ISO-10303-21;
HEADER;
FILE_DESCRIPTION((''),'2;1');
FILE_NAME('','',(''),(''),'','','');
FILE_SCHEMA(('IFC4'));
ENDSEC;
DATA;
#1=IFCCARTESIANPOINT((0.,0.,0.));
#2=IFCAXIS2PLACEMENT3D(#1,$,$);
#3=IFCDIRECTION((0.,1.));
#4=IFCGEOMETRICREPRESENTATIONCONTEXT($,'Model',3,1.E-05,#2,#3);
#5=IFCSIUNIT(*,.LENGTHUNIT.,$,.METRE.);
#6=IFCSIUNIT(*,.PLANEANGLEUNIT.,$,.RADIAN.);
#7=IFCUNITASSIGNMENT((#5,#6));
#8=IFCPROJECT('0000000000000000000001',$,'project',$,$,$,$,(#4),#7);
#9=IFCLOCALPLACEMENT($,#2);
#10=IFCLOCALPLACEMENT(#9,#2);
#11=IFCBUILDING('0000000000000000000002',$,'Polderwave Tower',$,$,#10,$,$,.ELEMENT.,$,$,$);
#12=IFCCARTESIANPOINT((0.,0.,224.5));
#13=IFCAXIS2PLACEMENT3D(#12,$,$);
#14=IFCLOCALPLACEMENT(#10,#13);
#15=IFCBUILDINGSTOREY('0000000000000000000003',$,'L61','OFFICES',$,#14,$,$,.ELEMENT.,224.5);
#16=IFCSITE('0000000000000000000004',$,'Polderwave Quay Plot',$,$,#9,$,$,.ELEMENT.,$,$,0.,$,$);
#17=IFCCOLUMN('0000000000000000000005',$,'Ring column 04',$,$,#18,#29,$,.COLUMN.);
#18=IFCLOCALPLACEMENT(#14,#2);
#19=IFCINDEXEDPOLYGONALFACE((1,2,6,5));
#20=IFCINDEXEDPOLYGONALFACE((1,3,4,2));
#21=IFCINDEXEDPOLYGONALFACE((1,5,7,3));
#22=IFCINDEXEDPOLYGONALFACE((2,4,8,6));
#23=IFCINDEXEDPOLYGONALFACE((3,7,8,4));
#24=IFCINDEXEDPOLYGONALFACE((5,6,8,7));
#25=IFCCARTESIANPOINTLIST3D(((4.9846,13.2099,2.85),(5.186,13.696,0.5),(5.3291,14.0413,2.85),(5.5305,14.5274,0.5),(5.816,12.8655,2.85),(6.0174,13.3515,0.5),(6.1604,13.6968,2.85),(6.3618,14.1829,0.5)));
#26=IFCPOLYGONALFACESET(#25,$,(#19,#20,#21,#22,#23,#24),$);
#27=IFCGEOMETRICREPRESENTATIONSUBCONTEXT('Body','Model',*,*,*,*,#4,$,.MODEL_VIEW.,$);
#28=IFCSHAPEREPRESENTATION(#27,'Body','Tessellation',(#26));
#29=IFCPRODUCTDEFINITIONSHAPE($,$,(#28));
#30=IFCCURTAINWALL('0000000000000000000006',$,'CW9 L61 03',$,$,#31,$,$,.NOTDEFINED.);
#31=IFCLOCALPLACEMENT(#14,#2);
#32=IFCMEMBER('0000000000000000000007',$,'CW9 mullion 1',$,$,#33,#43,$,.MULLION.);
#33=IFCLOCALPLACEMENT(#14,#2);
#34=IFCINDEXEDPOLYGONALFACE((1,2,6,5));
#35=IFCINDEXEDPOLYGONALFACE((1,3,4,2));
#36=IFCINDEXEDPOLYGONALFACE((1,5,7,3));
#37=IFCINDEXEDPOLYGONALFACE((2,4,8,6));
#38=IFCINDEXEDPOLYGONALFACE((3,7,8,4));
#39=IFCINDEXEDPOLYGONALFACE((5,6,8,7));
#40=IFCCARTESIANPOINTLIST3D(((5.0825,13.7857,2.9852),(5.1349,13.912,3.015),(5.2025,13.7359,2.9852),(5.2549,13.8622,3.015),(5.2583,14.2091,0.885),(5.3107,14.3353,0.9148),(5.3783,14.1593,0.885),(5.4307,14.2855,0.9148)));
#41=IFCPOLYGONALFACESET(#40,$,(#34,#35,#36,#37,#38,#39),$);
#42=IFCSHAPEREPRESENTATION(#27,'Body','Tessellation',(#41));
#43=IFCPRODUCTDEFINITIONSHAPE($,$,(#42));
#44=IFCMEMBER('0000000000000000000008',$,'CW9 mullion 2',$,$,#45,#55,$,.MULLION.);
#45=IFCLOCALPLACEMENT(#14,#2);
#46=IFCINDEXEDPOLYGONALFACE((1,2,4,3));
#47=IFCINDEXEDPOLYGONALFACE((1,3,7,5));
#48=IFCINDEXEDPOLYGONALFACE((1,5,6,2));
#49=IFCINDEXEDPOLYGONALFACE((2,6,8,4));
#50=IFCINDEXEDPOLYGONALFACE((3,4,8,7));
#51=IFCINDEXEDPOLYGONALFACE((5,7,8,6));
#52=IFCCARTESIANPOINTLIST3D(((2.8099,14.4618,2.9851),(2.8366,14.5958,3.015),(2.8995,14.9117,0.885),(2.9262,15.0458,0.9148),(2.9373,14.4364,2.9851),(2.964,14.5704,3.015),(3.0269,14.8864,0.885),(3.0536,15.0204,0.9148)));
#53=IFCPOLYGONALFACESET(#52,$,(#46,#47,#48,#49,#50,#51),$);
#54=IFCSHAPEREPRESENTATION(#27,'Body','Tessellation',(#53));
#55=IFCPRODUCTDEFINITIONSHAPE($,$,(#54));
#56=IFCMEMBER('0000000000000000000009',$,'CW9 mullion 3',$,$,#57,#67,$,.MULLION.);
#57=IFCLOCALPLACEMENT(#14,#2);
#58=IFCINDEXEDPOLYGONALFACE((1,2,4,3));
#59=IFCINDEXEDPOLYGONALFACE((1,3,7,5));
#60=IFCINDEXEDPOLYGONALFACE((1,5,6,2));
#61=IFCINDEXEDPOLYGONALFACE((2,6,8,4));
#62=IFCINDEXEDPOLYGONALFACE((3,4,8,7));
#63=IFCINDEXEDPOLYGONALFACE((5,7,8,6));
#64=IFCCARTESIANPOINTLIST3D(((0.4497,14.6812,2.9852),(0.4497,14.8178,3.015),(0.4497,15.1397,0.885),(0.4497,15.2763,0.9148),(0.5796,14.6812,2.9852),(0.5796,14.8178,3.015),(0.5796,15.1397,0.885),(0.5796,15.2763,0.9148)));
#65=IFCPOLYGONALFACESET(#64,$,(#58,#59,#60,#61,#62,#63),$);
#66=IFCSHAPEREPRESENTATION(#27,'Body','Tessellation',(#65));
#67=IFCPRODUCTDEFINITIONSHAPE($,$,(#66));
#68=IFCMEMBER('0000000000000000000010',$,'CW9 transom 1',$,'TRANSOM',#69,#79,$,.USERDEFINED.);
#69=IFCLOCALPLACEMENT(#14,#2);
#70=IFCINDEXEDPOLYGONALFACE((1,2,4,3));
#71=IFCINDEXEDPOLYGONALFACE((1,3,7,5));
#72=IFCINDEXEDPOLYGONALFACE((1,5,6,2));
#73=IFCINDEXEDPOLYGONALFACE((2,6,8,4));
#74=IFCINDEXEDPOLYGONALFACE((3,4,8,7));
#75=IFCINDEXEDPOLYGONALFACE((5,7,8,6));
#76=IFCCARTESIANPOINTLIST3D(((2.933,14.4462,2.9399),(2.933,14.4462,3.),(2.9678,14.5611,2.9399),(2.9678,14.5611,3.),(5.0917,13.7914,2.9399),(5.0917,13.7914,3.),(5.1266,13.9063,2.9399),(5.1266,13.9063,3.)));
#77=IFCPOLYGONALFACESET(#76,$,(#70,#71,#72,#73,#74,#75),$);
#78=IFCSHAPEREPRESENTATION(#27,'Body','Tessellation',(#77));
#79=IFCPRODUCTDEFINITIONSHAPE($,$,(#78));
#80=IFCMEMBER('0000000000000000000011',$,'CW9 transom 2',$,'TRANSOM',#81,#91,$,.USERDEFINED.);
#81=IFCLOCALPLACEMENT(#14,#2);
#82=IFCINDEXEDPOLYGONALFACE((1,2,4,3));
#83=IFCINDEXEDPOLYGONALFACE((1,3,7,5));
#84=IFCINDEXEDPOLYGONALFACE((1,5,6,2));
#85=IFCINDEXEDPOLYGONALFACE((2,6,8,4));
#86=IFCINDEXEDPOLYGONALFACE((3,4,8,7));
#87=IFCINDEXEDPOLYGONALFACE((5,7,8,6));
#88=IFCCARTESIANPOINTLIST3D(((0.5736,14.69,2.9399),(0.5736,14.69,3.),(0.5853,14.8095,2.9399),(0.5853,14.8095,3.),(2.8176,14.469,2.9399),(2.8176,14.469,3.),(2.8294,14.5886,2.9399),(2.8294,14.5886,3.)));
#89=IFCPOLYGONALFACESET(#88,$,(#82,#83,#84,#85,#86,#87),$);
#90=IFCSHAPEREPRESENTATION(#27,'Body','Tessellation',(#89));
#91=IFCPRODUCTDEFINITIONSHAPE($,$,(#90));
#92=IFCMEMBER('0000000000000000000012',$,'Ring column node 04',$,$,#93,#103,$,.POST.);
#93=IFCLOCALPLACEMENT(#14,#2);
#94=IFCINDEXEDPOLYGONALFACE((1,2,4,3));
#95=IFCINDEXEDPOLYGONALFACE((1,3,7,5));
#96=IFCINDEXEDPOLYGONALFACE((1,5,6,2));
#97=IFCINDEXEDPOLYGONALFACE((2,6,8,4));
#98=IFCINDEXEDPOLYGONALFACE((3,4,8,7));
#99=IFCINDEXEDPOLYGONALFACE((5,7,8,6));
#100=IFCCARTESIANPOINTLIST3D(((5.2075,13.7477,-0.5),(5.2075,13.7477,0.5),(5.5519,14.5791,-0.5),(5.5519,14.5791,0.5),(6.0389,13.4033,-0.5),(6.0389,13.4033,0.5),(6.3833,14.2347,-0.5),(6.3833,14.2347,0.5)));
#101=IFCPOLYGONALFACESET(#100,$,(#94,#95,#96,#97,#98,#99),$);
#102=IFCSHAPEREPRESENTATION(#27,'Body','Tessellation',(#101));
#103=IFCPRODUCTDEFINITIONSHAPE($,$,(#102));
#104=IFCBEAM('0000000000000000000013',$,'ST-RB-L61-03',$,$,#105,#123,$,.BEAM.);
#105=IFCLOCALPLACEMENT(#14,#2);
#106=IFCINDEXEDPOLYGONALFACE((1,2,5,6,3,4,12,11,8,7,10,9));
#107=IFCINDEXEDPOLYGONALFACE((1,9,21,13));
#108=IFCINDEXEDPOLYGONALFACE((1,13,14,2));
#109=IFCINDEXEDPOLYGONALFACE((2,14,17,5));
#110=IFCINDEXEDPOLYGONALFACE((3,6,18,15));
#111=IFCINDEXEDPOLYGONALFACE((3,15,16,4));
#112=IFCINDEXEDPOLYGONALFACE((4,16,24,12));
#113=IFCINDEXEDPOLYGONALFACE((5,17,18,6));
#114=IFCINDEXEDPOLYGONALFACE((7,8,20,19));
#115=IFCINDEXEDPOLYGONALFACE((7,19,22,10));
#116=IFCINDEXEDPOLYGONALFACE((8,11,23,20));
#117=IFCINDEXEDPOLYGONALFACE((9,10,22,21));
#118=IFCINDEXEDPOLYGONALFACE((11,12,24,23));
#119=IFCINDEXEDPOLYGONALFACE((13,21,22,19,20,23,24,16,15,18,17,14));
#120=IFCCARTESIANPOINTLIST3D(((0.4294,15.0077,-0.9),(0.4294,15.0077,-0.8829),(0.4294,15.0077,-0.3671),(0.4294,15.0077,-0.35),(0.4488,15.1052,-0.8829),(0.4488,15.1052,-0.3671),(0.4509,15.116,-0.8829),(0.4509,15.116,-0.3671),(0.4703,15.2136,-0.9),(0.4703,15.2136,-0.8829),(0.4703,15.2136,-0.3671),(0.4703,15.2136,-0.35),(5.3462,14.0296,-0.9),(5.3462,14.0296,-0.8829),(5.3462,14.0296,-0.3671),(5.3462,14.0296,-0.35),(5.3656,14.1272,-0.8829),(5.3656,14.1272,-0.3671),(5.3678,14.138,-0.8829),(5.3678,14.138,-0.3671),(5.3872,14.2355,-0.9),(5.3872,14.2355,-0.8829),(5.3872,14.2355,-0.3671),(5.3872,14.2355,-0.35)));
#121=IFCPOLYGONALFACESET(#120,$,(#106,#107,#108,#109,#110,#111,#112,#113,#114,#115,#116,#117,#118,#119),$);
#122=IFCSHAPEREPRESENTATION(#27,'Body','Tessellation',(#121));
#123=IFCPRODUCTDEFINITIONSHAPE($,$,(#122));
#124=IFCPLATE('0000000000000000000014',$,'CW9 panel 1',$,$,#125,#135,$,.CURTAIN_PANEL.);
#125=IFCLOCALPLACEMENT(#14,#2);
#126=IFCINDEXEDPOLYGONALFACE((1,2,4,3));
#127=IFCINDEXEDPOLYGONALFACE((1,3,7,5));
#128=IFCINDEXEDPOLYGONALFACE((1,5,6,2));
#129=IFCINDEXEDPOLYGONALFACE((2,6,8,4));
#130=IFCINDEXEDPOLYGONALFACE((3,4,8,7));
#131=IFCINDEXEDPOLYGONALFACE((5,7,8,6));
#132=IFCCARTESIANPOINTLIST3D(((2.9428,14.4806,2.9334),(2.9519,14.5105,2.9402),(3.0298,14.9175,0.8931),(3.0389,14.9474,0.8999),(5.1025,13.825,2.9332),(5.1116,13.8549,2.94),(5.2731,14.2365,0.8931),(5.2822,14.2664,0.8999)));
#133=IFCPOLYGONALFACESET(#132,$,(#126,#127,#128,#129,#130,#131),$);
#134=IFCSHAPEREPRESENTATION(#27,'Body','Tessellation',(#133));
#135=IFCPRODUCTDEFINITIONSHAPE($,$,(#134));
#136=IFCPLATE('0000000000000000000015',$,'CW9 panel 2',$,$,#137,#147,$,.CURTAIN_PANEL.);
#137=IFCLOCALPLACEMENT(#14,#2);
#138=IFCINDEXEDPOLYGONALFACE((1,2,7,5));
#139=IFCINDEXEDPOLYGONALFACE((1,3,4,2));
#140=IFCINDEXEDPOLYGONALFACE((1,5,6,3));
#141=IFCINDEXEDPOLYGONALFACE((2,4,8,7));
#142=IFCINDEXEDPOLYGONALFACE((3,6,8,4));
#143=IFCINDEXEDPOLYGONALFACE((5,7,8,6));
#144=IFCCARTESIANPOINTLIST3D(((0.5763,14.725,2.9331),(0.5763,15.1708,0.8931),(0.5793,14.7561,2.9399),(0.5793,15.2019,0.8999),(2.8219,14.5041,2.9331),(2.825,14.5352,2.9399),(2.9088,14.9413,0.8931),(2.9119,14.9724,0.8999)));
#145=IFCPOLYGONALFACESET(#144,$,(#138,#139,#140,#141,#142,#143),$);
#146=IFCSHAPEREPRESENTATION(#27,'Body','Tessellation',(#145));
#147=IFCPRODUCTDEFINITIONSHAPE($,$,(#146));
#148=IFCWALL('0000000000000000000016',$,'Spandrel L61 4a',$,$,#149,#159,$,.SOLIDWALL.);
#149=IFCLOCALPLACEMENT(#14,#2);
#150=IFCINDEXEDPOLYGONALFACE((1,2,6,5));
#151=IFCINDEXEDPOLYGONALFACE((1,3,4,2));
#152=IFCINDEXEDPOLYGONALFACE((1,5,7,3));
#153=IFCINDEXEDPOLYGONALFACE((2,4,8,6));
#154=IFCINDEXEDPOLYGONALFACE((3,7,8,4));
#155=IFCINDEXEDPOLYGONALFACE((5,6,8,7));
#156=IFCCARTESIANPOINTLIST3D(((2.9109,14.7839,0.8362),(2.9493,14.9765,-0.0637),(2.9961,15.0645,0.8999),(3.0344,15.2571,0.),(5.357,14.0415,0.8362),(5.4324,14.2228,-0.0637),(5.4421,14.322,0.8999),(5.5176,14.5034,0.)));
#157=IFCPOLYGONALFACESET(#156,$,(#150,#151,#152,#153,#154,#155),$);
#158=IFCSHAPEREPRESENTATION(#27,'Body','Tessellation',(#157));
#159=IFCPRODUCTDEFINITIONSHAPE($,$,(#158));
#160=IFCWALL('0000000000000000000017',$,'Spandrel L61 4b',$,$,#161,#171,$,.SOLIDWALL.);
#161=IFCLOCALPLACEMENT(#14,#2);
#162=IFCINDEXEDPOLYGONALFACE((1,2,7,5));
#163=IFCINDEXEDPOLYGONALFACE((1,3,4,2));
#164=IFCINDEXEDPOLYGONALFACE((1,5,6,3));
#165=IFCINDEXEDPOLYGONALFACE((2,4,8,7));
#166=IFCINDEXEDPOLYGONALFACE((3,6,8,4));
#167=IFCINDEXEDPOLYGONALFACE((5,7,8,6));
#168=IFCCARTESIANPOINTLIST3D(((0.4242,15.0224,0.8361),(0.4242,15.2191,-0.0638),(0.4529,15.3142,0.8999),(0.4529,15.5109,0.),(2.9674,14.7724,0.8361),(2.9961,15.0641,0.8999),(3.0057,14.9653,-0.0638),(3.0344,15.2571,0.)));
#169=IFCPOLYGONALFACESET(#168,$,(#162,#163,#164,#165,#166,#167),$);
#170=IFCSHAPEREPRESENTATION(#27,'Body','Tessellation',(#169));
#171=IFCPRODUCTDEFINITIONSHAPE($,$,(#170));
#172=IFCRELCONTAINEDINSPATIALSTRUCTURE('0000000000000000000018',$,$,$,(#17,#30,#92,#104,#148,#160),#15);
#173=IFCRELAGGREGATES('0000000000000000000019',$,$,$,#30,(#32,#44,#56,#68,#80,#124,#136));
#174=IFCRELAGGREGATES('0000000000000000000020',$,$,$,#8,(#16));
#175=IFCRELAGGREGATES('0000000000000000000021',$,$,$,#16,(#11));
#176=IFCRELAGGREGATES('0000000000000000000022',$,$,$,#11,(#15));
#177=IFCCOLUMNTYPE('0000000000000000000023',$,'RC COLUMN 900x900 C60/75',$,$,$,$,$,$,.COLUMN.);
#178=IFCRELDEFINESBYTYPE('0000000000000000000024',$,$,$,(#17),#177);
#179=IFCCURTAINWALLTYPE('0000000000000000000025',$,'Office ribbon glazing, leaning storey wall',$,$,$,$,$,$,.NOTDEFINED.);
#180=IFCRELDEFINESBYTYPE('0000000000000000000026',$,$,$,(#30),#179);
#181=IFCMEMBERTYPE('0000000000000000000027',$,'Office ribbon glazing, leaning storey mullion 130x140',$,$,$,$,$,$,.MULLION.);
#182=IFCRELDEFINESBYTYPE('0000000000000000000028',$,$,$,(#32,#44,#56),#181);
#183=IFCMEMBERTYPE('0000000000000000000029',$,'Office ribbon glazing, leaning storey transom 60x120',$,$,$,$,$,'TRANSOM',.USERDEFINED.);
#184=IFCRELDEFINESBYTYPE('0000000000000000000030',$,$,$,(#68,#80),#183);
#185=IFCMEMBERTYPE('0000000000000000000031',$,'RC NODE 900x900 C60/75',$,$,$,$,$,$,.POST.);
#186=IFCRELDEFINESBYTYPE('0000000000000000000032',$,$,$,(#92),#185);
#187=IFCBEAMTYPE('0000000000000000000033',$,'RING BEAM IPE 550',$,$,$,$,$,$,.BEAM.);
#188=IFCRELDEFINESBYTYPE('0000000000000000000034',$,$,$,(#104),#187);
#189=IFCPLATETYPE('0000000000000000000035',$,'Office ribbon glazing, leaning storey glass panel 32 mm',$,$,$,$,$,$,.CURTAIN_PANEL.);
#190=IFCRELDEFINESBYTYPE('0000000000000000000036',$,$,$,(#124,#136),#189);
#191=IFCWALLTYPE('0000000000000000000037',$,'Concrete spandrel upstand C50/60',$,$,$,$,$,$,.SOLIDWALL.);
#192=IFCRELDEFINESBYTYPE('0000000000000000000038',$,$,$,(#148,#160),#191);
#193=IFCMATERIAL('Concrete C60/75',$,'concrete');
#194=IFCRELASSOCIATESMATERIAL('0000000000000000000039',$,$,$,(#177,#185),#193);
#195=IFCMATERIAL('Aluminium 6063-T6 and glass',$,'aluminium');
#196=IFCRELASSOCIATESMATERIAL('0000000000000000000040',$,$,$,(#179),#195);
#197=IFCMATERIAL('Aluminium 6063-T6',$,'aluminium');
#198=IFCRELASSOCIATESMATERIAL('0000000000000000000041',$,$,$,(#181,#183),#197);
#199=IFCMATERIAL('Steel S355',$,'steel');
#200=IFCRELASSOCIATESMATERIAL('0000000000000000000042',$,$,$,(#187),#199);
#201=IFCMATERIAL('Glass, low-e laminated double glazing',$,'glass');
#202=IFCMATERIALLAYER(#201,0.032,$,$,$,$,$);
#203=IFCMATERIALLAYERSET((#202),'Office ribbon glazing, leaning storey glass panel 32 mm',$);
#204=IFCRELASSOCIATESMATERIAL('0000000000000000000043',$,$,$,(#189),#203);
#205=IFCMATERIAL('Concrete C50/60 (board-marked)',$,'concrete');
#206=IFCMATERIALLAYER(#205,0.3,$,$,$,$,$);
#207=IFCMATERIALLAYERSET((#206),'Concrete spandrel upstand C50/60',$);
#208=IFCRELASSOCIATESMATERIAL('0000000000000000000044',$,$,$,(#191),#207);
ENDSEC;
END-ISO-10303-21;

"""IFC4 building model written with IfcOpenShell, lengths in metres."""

from ifc_helpers import new_model, si_unit, direction, frame, origin, origin_2d, place, context, subcontext, project, spatial, polyline, rectangle, i_section, outline, extrude, material, layer, layer_set, material_profile, profile_set, type_object, element, aggregate, save


model = new_model("IFC4")

# Units and contexts
model_context = context("Model", 3, precision=1e-05, world=origin(), true_north=direction((0.0, 1.0)))
body_context = subcontext(model_context, "Body", "Model", "MODEL_VIEW")
ifc_project = project(units=[si_unit("LENGTHUNIT", "METRE"), si_unit("PLANEANGLEUNIT", "RADIAN")], contexts=[model_context])

# Site, building, storey
site_placement = place(None, origin())
site = spatial("IfcSite", under=ifc_project, at=site_placement, Name="Polderwave Quay Plot", CompositionType="ELEMENT", RefElevation=0.0)
building_placement = place(site_placement, origin())
building = spatial("IfcBuilding", under=site, at=building_placement, Name="Polderwave Tower", CompositionType="ELEMENT")
storey_placement = place(building_placement, frame((0.0, 0.0, 224.5)))
storey = spatial("IfcBuildingStorey", under=building, at=storey_placement, Name="L61", Description="OFFICES", CompositionType="ELEMENT", Elevation=224.5)

# Column
ifc_material_1 = material(Name="Concrete C60/75", Category="concrete")
ifc_material_profile_1 = material_profile(ifc_material_1, rectangle(XDim=0.8999, YDim=0.8999, at=origin_2d()), Name="RC 900x900")
ifc_profile_set_1 = profile_set([ifc_material_profile_1], Name="Concrete C60/75")
column_type = type_object("IfcColumnType", Name="RC COLUMN 900x900 C60/75", PredefinedType="COLUMN", material=ifc_profile_set_1)
column_placement = place(storey_placement, frame((5.7739, 13.9395, 0.5), z_axis=(0.0, 0.0, 1.0), x_axis=(0.92383, -0.382803, 0.0)))
element("IfcColumn", 1, at=column_placement, inside=storey, type_object=column_type, Name="Ring column 04", PredefinedType="COLUMN", context=body_context, shape_type="SweptSolid", body=[
    extrude(rectangle(XDim=0.8999, YDim=0.8999, at=origin_2d()), origin(), (0.0, -0.21848, 0.975841), 2.4082),
])

# Curtain wall, members
ifc_material_2 = material(Name="Aluminium 6063-T6 and glass", Category="aluminium")
curtain_wall_type = type_object("IfcCurtainWallType", Name="Office ribbon glazing, leaning storey wall", PredefinedType="NOTDEFINED", material=ifc_material_2)
curtain_wall_placement = place(storey_placement, origin())
curtain_wall = element("IfcCurtainWall", 2, at=curtain_wall_placement, inside=storey, type_object=curtain_wall_type, Name="CW9 L61 03", PredefinedType="NOTDEFINED")
ifc_material_3 = material(Name="Aluminium 6063-T6", Category="aluminium")
ifc_material_profile_2 = material_profile(ifc_material_3, rectangle(XDim=0.1299, YDim=0.1399, at=origin_2d()), Name="AL 130x140")
ifc_profile_set_2 = profile_set([ifc_material_profile_2], Name="Aluminium 6063-T6")
member_type_1 = type_object("IfcMemberType", Name="Office ribbon glazing, leaning storey mullion 130x140", PredefinedType="MULLION", material=ifc_profile_set_2)
member_1_placement = place(storey_placement, frame((5.3445, 14.2473, 0.8999), z_axis=(-0.081776, -0.196944, 0.976998), x_axis=(0.923549, -0.383481, 0.0)))
member_1 = element("IfcMember", 3, at=member_1_placement, type_object=member_type_1, Name="CW9 mullion 1", PredefinedType="MULLION", context=body_context, shape_type="SweptSolid", body=[
    extrude(rectangle(XDim=0.1299, YDim=0.1399, at=origin_2d()), origin(), (0.0, 0.0, 1.0), 2.1497),
])
member_2_placement = place(storey_placement, frame((2.9766, 14.9661, 0.8999), z_axis=(-0.041681, -0.209316, 0.976959), x_axis=(0.980744, -0.195297, 0.0)))
member_2 = element("IfcMember", 4, at=member_2_placement, type_object=member_type_1, Name="CW9 mullion 2", PredefinedType="MULLION", context=body_context, shape_type="SweptSolid", body=[
    extrude(rectangle(XDim=0.1299, YDim=0.1399, at=origin_2d()), origin(), (0.0, 0.0, 1.0), 2.1497),
])
member_3_placement = place(storey_placement, frame((0.5146, 15.208, 0.8999), z_axis=(0.0, -0.213297, 0.976987), x_axis=(1.0, 0.0, 0.0)))
member_3 = element("IfcMember", 5, at=member_3_placement, type_object=member_type_1, Name="CW9 mullion 3", PredefinedType="MULLION", context=body_context, shape_type="SweptSolid", body=[
    extrude(rectangle(XDim=0.1299, YDim=0.1399, at=origin_2d()), origin(), (0.0, 0.0, 1.0), 2.1497),
])
ifc_material_profile_3 = material_profile(ifc_material_3, rectangle(XDim=0.1201, YDim=0.0601, at=origin_2d()), Name="AL 60x120")
ifc_profile_set_3 = profile_set([ifc_material_profile_3], Name="Aluminium 6063-T6")
member_type_2 = type_object("IfcMemberType", Name="Office ribbon glazing, leaning storey transom 60x120", ElementType="TRANSOM", PredefinedType="USERDEFINED", material=ifc_profile_set_3)
member_4_placement = place(storey_placement, frame((5.1091, 13.8489, 2.97), z_axis=(-0.956946, 0.290266, 0.0), x_axis=(-0.290266, -0.956946, 0.0)))
member_4 = element("IfcMember", 6, at=member_4_placement, type_object=member_type_2, Name="CW9 transom 1", ObjectType="TRANSOM", PredefinedType="USERDEFINED", context=body_context, shape_type="SweptSolid", body=[
    extrude(rectangle(XDim=0.1201, YDim=0.0601, at=origin_2d()), origin(), (0.0, 0.0, 1.0), 2.2559),
])
member_5_placement = place(storey_placement, frame((2.8235, 14.5288, 2.97), z_axis=(-0.995188, 0.097981, 0.0), x_axis=(-0.097981, -0.995188, 0.0)))
member_5 = element("IfcMember", 7, at=member_5_placement, type_object=member_type_2, Name="CW9 transom 2", ObjectType="TRANSOM", PredefinedType="USERDEFINED", context=body_context, shape_type="SweptSolid", body=[
    extrude(rectangle(XDim=0.1201, YDim=0.0601, at=origin_2d()), origin(), (0.0, 0.0, 1.0), 2.2549),
])

# Member
ifc_material_profile_4 = material_profile(ifc_material_1, rectangle(XDim=0.8999, YDim=0.8999, at=origin_2d()), Name="RC 900x900")
ifc_profile_set_4 = profile_set([ifc_material_profile_4], Name="Concrete C60/75")
member_type_3 = type_object("IfcMemberType", Name="RC NODE 900x900 C60/75", PredefinedType="POST", material=ifc_profile_set_4)
member_6_placement = place(storey_placement, frame((5.7954, 13.9912, -0.5), z_axis=(0.0, 0.0, 1.0), x_axis=(0.382683, 0.92388, 0.0)))
element("IfcMember", 8, at=member_6_placement, inside=storey, type_object=member_type_3, Name="Ring column node 04", PredefinedType="POST", context=body_context, shape_type="SweptSolid", body=[
    extrude(rectangle(XDim=0.8999, YDim=0.8999, at=origin_2d()), origin(), (0.0, 0.0, 1.0), 1.0),
])

# Beam
ifc_material_4 = material(Name="Steel S355", Category="steel")
ifc_material_profile_5 = material_profile(ifc_material_4, i_section(OverallWidth=0.21, OverallDepth=0.55, WebThickness=0.011, FlangeThickness=0.0171, at=origin_2d()), Name="IPE 550")
ifc_profile_set_5 = profile_set([ifc_material_profile_5], Name="Steel S355")
beam_type = type_object("IfcBeamType", Name="RING BEAM IPE 550", PredefinedType="BEAM", material=ifc_profile_set_5)
beam_placement = place(storey_placement, frame((5.3667, 14.1326, -0.625), z_axis=(-0.980784, 0.195095, 0.0), x_axis=(-0.195095, -0.980784, 0.0)))
element("IfcBeam", 9, at=beam_placement, inside=storey, type_object=beam_type, Name="ST-RB-L61-03", PredefinedType="BEAM", context=body_context, shape_type="SweptSolid", body=[
    extrude(i_section(OverallWidth=0.21, OverallDepth=0.55, WebThickness=0.011, FlangeThickness=0.0171, at=origin_2d()), origin(), (0.0, 0.0, 1.0), 5.0132),
])

# Plates
ifc_material_5 = material(Name="Glass, low-e laminated double glazing", Category="glass")
ifc_layer_1 = layer(ifc_material_5, 0.032)
ifc_layer_set_1 = layer_set([ifc_layer_1], Name="Office ribbon glazing, leaning storey glass panel 32 mm")
plate_type = type_object("IfcPlateType", Name="Office ribbon glazing, leaning storey glass panel 32 mm", PredefinedType="CURTAIN_PANEL", material=ifc_layer_set_1)
plate_1_placement = place(storey_placement, frame((5.2822, 14.2664, 0.8999), z_axis=(0.283873, 0.935056, 0.212338), x_axis=(-0.956877, 0.290494, 0.000014)))
plate_1 = element("IfcPlate", 10, at=plate_1_placement, type_object=plate_type, Name="CW9 panel 1", PredefinedType="CURTAIN_PANEL", context=body_context, shape_type="SweptSolid", body=[
    extrude(outline(polyline([(0.0, 0.0), (2.3445, 0.0), (2.3008, 2.0879), (0.0438, 2.0877), (0.0, 0.0)])), origin(), (0.0, 0.0, -1.0), 0.032),
])
plate_2_placement = place(storey_placement, frame((2.9119, 14.9724, 0.8999), z_axis=(0.09568, 0.972463, 0.21251), x_axis=(-0.995195, 0.097917, 0.0)))
plate_2 = element("IfcPlate", 11, at=plate_2_placement, type_object=plate_type, Name="CW9 panel 2", PredefinedType="CURTAIN_PANEL", context=body_context, shape_type="SweptSolid", body=[
    extrude(outline(polyline([(0.0, 0.0), (2.3438, 0.0), (2.3001, 2.0877), (0.0437, 2.0877), (0.0, 0.0)])), origin(), (0.0, 0.0, -1.0), 0.032),
])
aggregate(curtain_wall, [member_1, member_2, member_3, member_4, member_5, plate_1, plate_2])

# Walls
ifc_material_6 = material(Name="Concrete C50/60 (board-marked)", Category="concrete")
ifc_layer_2 = layer(ifc_material_6, 0.3)
ifc_layer_set_2 = layer_set([ifc_layer_2], Name="Concrete spandrel upstand C50/60")
wall_type_1 = type_object("IfcWallType", Name="Concrete spandrel upstand C50/60", PredefinedType="SOLIDWALL", material=ifc_layer_set_2)
wall_1_placement = place(storey_placement, frame((5.5176, 14.5034, 0.0), z_axis=(0.283815, 0.93509, 0.212265), x_axis=(-0.956895, 0.290433, 0.000001)))
element("IfcWall", 12, at=wall_1_placement, inside=storey, type_object=wall_type_1, Name="Spandrel L61 4a", PredefinedType="SOLIDWALL", context=body_context, shape_type="SweptSolid", body=[
    extrude(outline(polyline([(0.0, 0.0), (2.595, 0.0), (2.5757, 0.9209), (0.0195, 0.9209), (0.0, 0.0)])), origin(), (0.0, 0.0, -1.0), 0.3),
])
wall_2_placement = place(storey_placement, frame((3.0344, 15.2571, 0.0), z_axis=(0.09562, 0.972457, 0.212568), x_axis=(-0.9952, 0.097857, -0.000005)))
element("IfcWall", 13, at=wall_2_placement, inside=storey, type_object=wall_type_1, Name="Spandrel L61 4b", PredefinedType="SOLIDWALL", context=body_context, shape_type="SweptSolid", body=[
    extrude(outline(polyline([(0.0, 0.0), (2.594, 0.0), (2.5747, 0.921), (0.0193, 0.9209), (0.0, 0.0)])), origin(), (0.0, 0.0, -1.0), 0.3),
])

save(model, "model.ifc")
